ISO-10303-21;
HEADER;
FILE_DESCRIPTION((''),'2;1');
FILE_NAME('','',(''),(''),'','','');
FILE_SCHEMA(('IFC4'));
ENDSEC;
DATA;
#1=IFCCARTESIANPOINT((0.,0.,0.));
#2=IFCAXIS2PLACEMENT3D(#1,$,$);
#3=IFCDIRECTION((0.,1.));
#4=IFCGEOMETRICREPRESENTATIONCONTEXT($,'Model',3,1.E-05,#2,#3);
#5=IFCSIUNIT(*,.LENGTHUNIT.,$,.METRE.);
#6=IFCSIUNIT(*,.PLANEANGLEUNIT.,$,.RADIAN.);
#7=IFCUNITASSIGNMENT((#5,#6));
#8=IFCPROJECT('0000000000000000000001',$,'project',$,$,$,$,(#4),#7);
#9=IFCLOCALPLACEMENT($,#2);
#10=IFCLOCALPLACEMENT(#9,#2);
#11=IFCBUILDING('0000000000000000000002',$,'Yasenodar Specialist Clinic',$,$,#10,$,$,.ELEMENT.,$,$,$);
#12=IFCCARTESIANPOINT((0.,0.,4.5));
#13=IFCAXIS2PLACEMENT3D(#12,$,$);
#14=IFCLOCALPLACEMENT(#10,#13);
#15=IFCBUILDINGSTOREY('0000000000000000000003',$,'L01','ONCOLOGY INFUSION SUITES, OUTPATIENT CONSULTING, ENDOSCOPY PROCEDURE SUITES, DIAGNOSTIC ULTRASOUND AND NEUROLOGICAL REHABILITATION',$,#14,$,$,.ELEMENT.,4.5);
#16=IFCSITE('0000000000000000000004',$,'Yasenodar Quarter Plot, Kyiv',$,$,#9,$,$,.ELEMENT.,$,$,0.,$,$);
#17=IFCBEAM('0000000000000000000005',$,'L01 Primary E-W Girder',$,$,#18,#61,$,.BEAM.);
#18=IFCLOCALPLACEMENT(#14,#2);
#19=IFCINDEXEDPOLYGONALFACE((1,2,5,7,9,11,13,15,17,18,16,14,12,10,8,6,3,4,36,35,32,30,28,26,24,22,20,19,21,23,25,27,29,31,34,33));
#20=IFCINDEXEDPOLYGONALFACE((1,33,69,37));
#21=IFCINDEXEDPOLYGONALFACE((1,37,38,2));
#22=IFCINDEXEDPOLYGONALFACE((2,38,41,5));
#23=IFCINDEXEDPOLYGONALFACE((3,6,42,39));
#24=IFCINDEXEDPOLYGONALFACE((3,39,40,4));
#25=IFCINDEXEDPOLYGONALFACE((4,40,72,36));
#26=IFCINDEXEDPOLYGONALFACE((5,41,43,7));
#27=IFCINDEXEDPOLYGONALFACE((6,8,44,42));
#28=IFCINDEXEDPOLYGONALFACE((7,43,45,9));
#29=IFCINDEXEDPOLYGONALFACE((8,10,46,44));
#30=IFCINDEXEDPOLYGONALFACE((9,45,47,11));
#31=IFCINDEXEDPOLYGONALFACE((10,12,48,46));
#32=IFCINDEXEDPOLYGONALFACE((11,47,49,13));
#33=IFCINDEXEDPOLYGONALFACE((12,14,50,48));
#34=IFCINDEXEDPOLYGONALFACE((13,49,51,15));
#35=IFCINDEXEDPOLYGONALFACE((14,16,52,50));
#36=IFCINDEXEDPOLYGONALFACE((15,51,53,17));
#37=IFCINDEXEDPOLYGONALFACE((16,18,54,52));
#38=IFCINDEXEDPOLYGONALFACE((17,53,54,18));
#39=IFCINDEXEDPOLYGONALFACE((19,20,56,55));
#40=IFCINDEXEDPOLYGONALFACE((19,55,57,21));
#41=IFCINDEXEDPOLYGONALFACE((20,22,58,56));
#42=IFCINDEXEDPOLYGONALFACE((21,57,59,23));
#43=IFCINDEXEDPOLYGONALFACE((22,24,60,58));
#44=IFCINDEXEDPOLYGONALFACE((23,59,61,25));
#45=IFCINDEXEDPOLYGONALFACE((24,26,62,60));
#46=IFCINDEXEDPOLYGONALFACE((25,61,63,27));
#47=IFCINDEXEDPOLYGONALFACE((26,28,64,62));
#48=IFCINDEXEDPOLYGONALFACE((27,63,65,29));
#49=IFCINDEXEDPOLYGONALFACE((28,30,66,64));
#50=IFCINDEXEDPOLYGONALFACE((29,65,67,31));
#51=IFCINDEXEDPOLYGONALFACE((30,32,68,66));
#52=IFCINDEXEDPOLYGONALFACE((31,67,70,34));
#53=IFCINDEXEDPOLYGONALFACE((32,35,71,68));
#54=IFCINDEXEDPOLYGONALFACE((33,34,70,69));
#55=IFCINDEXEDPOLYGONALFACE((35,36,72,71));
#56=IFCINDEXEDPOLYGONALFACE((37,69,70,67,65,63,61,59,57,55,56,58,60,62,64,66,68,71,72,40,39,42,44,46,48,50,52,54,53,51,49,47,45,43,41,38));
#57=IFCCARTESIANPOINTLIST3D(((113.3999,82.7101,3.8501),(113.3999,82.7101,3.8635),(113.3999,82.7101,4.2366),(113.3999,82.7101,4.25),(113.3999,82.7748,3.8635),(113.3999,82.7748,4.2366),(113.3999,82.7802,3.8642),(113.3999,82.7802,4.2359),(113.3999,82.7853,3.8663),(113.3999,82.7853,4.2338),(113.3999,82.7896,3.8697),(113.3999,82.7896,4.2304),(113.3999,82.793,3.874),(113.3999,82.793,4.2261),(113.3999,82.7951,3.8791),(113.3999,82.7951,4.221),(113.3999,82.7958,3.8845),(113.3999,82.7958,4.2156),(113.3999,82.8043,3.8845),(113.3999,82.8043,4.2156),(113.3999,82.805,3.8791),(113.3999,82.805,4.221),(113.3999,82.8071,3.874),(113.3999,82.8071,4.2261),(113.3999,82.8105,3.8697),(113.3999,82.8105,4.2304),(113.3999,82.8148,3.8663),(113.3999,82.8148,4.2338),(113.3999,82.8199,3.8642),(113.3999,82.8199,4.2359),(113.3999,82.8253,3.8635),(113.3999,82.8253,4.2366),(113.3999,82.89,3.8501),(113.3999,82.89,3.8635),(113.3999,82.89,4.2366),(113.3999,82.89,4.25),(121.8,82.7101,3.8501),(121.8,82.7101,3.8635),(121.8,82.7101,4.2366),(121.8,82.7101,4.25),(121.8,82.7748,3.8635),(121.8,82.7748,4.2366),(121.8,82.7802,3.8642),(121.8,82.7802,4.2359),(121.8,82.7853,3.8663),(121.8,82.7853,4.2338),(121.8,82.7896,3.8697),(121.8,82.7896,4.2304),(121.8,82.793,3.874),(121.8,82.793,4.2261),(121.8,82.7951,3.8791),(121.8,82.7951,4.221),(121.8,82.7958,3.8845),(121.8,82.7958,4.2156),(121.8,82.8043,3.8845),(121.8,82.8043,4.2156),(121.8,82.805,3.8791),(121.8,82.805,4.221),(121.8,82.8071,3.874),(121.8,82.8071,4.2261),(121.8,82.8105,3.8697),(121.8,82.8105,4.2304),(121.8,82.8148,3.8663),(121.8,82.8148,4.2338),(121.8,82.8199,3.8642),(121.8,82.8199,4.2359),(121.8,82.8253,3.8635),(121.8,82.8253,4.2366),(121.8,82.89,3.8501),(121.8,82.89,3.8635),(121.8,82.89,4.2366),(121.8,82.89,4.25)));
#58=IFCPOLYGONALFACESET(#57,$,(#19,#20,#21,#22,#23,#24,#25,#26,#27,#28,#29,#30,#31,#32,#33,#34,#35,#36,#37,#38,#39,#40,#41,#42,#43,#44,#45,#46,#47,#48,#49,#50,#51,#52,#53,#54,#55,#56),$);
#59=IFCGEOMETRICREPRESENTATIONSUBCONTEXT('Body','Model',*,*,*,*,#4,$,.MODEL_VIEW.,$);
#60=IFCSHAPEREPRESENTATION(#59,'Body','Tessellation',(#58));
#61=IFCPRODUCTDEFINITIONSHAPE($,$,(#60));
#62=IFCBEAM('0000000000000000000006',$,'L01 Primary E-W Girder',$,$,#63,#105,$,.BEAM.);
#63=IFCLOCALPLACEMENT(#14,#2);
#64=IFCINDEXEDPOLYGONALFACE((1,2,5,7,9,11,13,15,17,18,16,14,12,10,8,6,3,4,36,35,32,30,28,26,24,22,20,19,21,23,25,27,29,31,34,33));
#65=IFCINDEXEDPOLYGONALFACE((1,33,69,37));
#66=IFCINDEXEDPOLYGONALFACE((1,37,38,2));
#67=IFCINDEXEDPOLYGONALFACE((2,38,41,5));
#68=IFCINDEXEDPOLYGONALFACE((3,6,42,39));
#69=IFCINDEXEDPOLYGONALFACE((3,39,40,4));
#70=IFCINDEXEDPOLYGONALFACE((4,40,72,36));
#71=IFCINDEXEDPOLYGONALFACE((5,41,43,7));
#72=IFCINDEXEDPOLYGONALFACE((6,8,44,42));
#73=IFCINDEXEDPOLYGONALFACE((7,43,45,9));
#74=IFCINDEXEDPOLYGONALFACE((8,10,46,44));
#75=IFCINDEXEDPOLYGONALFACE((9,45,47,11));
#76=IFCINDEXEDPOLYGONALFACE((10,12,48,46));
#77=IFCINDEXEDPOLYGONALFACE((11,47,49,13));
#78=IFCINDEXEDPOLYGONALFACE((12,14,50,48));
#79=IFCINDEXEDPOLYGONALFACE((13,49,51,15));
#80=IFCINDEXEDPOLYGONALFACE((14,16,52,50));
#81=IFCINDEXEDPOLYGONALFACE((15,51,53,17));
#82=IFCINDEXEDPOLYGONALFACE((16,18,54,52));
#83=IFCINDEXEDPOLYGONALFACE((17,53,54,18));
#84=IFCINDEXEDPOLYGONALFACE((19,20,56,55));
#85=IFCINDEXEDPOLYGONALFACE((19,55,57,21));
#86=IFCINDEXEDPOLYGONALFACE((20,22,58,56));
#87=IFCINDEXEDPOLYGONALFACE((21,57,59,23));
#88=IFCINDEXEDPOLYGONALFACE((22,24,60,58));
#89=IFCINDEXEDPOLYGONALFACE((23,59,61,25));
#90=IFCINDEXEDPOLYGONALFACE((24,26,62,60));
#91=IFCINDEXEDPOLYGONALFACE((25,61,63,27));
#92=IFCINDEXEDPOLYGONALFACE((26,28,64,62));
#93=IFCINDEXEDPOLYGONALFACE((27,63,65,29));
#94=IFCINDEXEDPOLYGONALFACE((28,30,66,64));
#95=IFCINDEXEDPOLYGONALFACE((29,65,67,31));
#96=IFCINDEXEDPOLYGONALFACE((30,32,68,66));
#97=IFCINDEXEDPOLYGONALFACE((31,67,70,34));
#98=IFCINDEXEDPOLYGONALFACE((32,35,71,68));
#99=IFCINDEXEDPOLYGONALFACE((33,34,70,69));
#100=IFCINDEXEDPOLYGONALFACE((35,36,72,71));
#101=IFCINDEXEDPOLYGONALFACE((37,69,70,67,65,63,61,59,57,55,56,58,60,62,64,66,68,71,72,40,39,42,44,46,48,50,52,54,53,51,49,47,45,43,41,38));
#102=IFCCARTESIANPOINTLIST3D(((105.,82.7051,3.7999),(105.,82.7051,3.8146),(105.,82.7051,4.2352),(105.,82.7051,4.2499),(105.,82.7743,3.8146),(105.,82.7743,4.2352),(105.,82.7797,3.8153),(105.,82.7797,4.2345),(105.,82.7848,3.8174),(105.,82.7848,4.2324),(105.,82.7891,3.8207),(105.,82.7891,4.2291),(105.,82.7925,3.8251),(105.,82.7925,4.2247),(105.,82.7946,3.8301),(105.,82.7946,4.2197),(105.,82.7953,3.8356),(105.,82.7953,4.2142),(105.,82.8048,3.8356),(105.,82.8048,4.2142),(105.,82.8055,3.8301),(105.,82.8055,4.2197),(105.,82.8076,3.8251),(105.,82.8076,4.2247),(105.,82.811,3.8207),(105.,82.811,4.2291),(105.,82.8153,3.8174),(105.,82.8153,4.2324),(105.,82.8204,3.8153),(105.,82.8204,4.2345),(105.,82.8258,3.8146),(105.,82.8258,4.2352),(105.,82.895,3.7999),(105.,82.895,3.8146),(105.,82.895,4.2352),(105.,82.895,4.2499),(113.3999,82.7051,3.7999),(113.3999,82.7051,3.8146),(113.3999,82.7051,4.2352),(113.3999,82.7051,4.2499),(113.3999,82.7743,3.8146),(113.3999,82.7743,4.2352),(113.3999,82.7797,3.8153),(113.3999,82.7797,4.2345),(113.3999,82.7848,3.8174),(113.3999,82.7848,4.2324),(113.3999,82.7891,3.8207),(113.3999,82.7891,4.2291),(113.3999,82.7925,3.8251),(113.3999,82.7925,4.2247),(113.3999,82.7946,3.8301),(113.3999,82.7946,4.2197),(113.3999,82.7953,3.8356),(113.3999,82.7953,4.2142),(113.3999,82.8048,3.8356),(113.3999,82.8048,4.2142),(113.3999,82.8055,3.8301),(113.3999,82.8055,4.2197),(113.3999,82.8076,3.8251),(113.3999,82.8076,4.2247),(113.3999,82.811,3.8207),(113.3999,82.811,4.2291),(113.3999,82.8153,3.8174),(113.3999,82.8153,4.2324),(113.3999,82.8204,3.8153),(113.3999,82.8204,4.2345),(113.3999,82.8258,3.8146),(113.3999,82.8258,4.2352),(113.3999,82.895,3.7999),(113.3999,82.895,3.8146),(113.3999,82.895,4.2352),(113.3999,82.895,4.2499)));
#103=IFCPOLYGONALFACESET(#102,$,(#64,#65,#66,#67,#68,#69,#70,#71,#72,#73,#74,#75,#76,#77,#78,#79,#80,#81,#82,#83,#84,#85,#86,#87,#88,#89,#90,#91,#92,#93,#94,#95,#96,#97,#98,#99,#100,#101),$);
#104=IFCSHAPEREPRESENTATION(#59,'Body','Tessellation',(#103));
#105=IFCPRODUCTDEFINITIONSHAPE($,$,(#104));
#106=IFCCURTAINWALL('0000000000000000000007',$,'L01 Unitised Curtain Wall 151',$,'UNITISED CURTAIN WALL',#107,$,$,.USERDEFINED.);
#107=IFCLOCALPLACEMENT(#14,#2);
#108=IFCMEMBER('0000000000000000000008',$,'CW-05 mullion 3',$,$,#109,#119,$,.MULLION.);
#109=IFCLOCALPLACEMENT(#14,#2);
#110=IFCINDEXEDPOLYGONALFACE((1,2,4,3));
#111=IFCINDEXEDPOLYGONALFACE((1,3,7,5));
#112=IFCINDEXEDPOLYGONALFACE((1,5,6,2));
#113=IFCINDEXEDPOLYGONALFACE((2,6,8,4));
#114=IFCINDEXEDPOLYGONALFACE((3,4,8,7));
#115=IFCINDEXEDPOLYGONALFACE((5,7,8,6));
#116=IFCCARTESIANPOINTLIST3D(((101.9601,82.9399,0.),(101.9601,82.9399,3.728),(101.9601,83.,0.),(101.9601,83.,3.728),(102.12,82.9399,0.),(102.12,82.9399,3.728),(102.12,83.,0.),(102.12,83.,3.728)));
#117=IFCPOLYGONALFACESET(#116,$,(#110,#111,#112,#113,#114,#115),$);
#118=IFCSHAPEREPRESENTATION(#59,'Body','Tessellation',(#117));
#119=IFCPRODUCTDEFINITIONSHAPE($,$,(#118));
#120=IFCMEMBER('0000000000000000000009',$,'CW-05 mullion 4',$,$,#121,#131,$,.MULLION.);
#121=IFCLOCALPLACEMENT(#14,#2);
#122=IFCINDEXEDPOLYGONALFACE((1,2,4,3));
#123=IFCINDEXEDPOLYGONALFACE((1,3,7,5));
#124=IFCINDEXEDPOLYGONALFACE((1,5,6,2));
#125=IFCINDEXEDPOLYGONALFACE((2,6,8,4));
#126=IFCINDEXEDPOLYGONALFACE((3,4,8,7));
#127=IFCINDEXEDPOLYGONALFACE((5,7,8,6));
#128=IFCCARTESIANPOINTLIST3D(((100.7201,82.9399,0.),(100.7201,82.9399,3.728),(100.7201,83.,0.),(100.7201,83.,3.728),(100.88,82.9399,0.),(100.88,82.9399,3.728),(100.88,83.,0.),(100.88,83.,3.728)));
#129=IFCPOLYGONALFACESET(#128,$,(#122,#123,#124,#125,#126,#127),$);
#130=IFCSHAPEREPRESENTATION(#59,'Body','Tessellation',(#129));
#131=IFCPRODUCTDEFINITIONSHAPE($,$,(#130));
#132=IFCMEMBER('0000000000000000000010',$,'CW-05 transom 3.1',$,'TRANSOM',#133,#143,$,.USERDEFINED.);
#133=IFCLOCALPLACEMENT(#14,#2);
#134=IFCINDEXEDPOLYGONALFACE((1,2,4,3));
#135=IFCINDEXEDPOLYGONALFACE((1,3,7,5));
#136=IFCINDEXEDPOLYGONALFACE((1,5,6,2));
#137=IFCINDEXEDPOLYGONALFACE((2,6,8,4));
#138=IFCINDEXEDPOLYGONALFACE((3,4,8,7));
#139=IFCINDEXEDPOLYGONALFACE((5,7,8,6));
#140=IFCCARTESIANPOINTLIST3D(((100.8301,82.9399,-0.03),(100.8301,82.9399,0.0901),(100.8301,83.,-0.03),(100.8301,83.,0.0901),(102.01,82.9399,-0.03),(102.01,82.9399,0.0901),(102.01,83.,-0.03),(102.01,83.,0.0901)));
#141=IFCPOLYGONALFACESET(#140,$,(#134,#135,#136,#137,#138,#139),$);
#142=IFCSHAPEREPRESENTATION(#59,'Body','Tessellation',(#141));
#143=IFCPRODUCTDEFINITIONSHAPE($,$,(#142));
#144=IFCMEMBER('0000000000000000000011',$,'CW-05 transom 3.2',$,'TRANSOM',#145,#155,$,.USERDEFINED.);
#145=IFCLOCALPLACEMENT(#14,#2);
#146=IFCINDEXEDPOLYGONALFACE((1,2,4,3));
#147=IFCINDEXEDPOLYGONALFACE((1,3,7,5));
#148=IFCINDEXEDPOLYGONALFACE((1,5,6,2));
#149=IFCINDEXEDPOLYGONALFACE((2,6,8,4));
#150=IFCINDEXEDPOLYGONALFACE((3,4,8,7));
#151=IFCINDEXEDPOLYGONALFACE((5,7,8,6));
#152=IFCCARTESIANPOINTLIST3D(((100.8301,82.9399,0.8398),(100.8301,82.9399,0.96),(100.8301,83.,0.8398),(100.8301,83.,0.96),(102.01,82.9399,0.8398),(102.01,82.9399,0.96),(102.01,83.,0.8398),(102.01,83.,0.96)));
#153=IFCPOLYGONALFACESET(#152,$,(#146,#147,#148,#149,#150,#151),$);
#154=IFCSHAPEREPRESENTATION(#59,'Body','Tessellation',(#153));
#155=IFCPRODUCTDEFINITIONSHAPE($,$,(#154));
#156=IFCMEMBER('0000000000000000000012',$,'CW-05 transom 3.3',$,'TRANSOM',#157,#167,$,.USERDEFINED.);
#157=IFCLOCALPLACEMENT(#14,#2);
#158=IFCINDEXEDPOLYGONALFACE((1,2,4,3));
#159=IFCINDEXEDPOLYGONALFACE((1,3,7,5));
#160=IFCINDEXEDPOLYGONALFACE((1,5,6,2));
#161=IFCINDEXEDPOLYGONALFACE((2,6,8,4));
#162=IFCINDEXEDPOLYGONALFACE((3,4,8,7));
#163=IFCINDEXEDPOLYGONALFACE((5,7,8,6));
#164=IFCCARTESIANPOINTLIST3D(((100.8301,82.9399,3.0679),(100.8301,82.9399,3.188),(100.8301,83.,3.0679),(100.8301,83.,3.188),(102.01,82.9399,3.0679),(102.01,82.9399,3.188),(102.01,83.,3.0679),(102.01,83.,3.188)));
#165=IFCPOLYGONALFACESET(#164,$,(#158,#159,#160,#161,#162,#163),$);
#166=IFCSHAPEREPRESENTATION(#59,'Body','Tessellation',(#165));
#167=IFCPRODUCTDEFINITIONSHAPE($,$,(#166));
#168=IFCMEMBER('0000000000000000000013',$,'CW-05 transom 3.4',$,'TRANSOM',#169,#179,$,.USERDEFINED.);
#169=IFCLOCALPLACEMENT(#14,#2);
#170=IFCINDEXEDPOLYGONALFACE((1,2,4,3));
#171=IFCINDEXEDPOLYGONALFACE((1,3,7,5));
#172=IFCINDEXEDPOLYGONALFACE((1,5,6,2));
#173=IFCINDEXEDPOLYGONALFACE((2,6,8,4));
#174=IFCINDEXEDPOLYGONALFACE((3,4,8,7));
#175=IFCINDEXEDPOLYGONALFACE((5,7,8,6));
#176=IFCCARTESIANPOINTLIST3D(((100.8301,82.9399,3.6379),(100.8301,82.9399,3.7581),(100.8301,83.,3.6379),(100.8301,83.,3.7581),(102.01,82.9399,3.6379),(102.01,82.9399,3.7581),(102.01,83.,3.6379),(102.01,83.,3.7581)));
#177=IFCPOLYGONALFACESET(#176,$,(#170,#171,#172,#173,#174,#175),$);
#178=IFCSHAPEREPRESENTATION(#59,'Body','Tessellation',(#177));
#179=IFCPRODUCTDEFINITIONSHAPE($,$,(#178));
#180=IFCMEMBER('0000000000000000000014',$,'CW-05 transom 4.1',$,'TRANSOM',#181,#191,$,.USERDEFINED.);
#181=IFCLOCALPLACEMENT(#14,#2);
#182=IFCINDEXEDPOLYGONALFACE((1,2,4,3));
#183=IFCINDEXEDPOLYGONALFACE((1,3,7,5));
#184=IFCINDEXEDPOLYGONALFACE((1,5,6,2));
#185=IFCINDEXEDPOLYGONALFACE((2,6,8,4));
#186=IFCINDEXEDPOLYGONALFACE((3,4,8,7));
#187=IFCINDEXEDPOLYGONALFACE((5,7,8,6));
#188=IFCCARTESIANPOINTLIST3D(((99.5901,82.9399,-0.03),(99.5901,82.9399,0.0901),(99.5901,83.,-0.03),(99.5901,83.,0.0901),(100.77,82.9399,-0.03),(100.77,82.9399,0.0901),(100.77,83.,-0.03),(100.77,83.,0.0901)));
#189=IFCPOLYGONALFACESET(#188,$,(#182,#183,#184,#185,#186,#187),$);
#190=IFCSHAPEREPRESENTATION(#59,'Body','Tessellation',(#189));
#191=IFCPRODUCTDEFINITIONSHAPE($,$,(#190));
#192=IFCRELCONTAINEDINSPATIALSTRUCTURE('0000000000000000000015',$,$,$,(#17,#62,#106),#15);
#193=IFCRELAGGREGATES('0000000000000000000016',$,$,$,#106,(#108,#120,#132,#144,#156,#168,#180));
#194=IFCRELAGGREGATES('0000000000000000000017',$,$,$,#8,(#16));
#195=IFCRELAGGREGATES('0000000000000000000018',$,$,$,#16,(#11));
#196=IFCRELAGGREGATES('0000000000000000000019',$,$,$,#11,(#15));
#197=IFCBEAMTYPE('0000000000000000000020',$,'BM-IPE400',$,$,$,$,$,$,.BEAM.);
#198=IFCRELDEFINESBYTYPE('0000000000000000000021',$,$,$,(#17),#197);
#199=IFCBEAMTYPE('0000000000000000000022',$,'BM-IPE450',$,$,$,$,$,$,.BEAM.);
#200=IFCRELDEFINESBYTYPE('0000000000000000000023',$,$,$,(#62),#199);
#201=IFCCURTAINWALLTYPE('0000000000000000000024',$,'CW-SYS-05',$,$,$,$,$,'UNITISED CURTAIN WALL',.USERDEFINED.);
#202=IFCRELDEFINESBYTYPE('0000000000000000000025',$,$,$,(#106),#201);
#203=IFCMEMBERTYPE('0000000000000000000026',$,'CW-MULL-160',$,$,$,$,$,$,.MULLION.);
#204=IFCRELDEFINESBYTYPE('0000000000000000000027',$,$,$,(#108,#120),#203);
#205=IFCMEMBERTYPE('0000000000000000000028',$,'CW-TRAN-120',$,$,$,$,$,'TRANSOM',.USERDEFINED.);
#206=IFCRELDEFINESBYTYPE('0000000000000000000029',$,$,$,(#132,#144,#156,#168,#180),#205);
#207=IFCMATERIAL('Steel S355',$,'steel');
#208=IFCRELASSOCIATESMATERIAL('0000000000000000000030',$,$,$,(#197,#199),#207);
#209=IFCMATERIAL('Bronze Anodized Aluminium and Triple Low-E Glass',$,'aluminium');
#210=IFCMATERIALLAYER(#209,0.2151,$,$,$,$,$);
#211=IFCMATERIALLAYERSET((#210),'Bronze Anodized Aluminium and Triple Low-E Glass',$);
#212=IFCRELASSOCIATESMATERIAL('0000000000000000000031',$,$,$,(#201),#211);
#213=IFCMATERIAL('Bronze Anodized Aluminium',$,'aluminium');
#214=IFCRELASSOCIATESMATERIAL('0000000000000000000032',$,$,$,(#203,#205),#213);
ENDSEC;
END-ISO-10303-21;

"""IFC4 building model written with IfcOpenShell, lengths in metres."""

from ifc_helpers import new_model, si_unit, direction, frame, origin, origin_2d, place, context, subcontext, project, spatial, rectangle, i_section, extrude, material, layer, layer_set, material_profile, profile_set, type_object, element, aggregate, save


model = new_model("IFC4")

# Units and contexts
model_context = context("Model", 3, precision=1e-05, world=origin(), true_north=direction((0.0, 1.0)))
body_context = subcontext(model_context, "Body", "Model", "MODEL_VIEW")
ifc_project = project(units=[si_unit("LENGTHUNIT", "METRE"), si_unit("PLANEANGLEUNIT", "RADIAN")], contexts=[model_context])

# Site, building, storey
site_placement = place(None, origin())
site = spatial("IfcSite", under=ifc_project, at=site_placement, Name="Yasenodar Quarter Plot, Kyiv", CompositionType="ELEMENT", RefElevation=0.0)
building_placement = place(site_placement, origin())
building = spatial("IfcBuilding", under=site, at=building_placement, Name="Yasenodar Specialist Clinic", CompositionType="ELEMENT")
storey_placement = place(building_placement, frame((0.0, 0.0, 4.5)))
storey = spatial("IfcBuildingStorey", under=building, at=storey_placement, Name="L01", Description="ONCOLOGY INFUSION SUITES, OUTPATIENT CONSULTING, ENDOSCOPY PROCEDURE SUITES, DIAGNOSTIC ULTRASOUND AND NEUROLOGICAL REHABILITATION", CompositionType="ELEMENT", Elevation=4.5)

# Shared definitions
ifc_material_1 = material(Name="Steel S355", Category="steel")

# Beams
ifc_material_profile_1 = material_profile(ifc_material_1, i_section(OverallWidth=0.1799, OverallDepth=0.3999, WebThickness=0.0085, FlangeThickness=0.0134, FilletRadius=0.021, at=origin_2d()), Name="IPE 400")
ifc_profile_set_1 = profile_set([ifc_material_profile_1], Name="Steel S355")
beam_type_1 = type_object("IfcBeamType", Name="BM-IPE400", PredefinedType="BEAM", material=ifc_profile_set_1)
beam_1_placement = place(storey_placement, frame((113.3999, 82.8, 4.05), z_axis=(1.0, 0.0, 0.0), x_axis=(0.0, 1.0, 0.0)))
element("IfcBeam", 1, at=beam_1_placement, inside=storey, type_object=beam_type_1, Name="L01 Primary E-W Girder", PredefinedType="BEAM", context=body_context, shape_type="SweptSolid", body=[
    extrude(i_section(OverallWidth=0.1799, OverallDepth=0.3999, WebThickness=0.0085, FlangeThickness=0.0134, FilletRadius=0.021, at=origin_2d()), origin(), (0.0, 0.0, 1.0), 8.4001),
])
ifc_material_profile_2 = material_profile(ifc_material_1, i_section(OverallWidth=0.1899, OverallDepth=0.45, WebThickness=0.0095, FlangeThickness=0.0146, FilletRadius=0.021, at=origin_2d()), Name="IPE 450")
ifc_profile_set_2 = profile_set([ifc_material_profile_2], Name="Steel S355")
beam_type_2 = type_object("IfcBeamType", Name="BM-IPE450", PredefinedType="BEAM", material=ifc_profile_set_2)
beam_2_placement = place(storey_placement, frame((105.0, 82.8, 4.0249), z_axis=(1.0, 0.0, 0.0), x_axis=(0.0, 1.0, 0.0)))
element("IfcBeam", 2, at=beam_2_placement, inside=storey, type_object=beam_type_2, Name="L01 Primary E-W Girder", PredefinedType="BEAM", context=body_context, shape_type="SweptSolid", body=[
    extrude(i_section(OverallWidth=0.1899, OverallDepth=0.45, WebThickness=0.0095, FlangeThickness=0.0146, FilletRadius=0.021, at=origin_2d()), origin(), (0.0, 0.0, 1.0), 8.3999),
])

# Curtain wall, members
ifc_material_2 = material(Name="Bronze Anodized Aluminium and Triple Low-E Glass", Category="aluminium")
ifc_layer_1 = layer(ifc_material_2, 0.2151)
ifc_layer_set_1 = layer_set([ifc_layer_1], Name="Bronze Anodized Aluminium and Triple Low-E Glass")
curtain_wall_type = type_object("IfcCurtainWallType", Name="CW-SYS-05", ElementType="UNITISED CURTAIN WALL", PredefinedType="USERDEFINED", material=ifc_layer_set_1)
curtain_wall_placement = place(storey_placement, origin())
curtain_wall = element("IfcCurtainWall", 3, at=curtain_wall_placement, inside=storey, type_object=curtain_wall_type, Name="L01 Unitised Curtain Wall 151", ObjectType="UNITISED CURTAIN WALL", PredefinedType="USERDEFINED")
ifc_material_3 = material(Name="Bronze Anodized Aluminium", Category="aluminium")
ifc_material_profile_3 = material_profile(ifc_material_3, rectangle(XDim=0.0601, YDim=0.1599, at=origin_2d()), Name="CW-MULL 60x160")
ifc_profile_set_3 = profile_set([ifc_material_profile_3], Name="Bronze Anodized Aluminium")
member_type_1 = type_object("IfcMemberType", Name="CW-MULL-160", PredefinedType="MULLION", material=ifc_profile_set_3)
member_1_placement = place(storey_placement, frame((102.04, 82.97, 0.0), z_axis=(0.0, 0.0, 1.0), x_axis=(0.0, -1.0, 0.0)))
member_1 = element("IfcMember", 4, at=member_1_placement, type_object=member_type_1, Name="CW-05 mullion 3", PredefinedType="MULLION", context=body_context, shape_type="SweptSolid", body=[
    extrude(rectangle(XDim=0.0601, YDim=0.1599, at=origin_2d()), origin(), (0.0, 0.0, 1.0), 3.728),
])
member_2_placement = place(storey_placement, frame((100.8, 82.97, 0.0), z_axis=(0.0, 0.0, 1.0), x_axis=(0.0, -1.0, 0.0)))
member_2 = element("IfcMember", 5, at=member_2_placement, type_object=member_type_1, Name="CW-05 mullion 4", PredefinedType="MULLION", context=body_context, shape_type="SweptSolid", body=[
    extrude(rectangle(XDim=0.0601, YDim=0.1599, at=origin_2d()), origin(), (0.0, 0.0, 1.0), 3.728),
])
ifc_material_profile_4 = material_profile(ifc_material_3, rectangle(XDim=0.0601, YDim=0.1201, at=origin_2d()), Name="CW-TRAN 60x120")
ifc_profile_set_4 = profile_set([ifc_material_profile_4], Name="Bronze Anodized Aluminium")
member_type_2 = type_object("IfcMemberType", Name="CW-TRAN-120", ElementType="TRANSOM", PredefinedType="USERDEFINED", material=ifc_profile_set_4)
member_3_placement = place(storey_placement, frame((102.01, 82.97, 0.03), z_axis=(-1.0, 0.0, 0.0), x_axis=(0.0, -1.0, 0.0)))
member_3 = element("IfcMember", 6, at=member_3_placement, type_object=member_type_2, Name="CW-05 transom 3.1", ObjectType="TRANSOM", PredefinedType="USERDEFINED", context=body_context, shape_type="SweptSolid", body=[
    extrude(rectangle(XDim=0.0601, YDim=0.1201, at=origin_2d()), origin(), (0.0, 0.0, 1.0), 1.1799),
])
member_4_placement = place(storey_placement, frame((102.01, 82.97, 0.8999), z_axis=(-1.0, 0.0, 0.0), x_axis=(0.0, -1.0, 0.0)))
member_4 = element("IfcMember", 7, at=member_4_placement, type_object=member_type_2, Name="CW-05 transom 3.2", ObjectType="TRANSOM", PredefinedType="USERDEFINED", context=body_context, shape_type="SweptSolid", body=[
    extrude(rectangle(XDim=0.0601, YDim=0.1201, at=origin_2d()), origin(), (0.0, 0.0, 1.0), 1.1799),
])
member_5_placement = place(storey_placement, frame((102.01, 82.97, 3.1279), z_axis=(-1.0, 0.0, 0.0), x_axis=(0.0, -1.0, 0.0)))
member_5 = element("IfcMember", 8, at=member_5_placement, type_object=member_type_2, Name="CW-05 transom 3.3", ObjectType="TRANSOM", PredefinedType="USERDEFINED", context=body_context, shape_type="SweptSolid", body=[
    extrude(rectangle(XDim=0.0601, YDim=0.1201, at=origin_2d()), origin(), (0.0, 0.0, 1.0), 1.1799),
])
member_6_placement = place(storey_placement, frame((102.01, 82.97, 3.698), z_axis=(-1.0, 0.0, 0.0), x_axis=(0.0, -1.0, 0.0)))
member_6 = element("IfcMember", 9, at=member_6_placement, type_object=member_type_2, Name="CW-05 transom 3.4", ObjectType="TRANSOM", PredefinedType="USERDEFINED", context=body_context, shape_type="SweptSolid", body=[
    extrude(rectangle(XDim=0.0601, YDim=0.1201, at=origin_2d()), origin(), (0.0, 0.0, 1.0), 1.1799),
])
member_7_placement = place(storey_placement, frame((100.77, 82.97, 0.03), z_axis=(-1.0, 0.0, 0.0), x_axis=(0.0, -1.0, 0.0)))
member_7 = element("IfcMember", 10, at=member_7_placement, type_object=member_type_2, Name="CW-05 transom 4.1", ObjectType="TRANSOM", PredefinedType="USERDEFINED", context=body_context, shape_type="SweptSolid", body=[
    extrude(rectangle(XDim=0.0601, YDim=0.1201, at=origin_2d()), origin(), (0.0, 0.0, 1.0), 1.1799),
])
aggregate(curtain_wall, [member_1, member_2, member_3, member_4, member_5, member_6, member_7])

save(model, "model.ifc")
